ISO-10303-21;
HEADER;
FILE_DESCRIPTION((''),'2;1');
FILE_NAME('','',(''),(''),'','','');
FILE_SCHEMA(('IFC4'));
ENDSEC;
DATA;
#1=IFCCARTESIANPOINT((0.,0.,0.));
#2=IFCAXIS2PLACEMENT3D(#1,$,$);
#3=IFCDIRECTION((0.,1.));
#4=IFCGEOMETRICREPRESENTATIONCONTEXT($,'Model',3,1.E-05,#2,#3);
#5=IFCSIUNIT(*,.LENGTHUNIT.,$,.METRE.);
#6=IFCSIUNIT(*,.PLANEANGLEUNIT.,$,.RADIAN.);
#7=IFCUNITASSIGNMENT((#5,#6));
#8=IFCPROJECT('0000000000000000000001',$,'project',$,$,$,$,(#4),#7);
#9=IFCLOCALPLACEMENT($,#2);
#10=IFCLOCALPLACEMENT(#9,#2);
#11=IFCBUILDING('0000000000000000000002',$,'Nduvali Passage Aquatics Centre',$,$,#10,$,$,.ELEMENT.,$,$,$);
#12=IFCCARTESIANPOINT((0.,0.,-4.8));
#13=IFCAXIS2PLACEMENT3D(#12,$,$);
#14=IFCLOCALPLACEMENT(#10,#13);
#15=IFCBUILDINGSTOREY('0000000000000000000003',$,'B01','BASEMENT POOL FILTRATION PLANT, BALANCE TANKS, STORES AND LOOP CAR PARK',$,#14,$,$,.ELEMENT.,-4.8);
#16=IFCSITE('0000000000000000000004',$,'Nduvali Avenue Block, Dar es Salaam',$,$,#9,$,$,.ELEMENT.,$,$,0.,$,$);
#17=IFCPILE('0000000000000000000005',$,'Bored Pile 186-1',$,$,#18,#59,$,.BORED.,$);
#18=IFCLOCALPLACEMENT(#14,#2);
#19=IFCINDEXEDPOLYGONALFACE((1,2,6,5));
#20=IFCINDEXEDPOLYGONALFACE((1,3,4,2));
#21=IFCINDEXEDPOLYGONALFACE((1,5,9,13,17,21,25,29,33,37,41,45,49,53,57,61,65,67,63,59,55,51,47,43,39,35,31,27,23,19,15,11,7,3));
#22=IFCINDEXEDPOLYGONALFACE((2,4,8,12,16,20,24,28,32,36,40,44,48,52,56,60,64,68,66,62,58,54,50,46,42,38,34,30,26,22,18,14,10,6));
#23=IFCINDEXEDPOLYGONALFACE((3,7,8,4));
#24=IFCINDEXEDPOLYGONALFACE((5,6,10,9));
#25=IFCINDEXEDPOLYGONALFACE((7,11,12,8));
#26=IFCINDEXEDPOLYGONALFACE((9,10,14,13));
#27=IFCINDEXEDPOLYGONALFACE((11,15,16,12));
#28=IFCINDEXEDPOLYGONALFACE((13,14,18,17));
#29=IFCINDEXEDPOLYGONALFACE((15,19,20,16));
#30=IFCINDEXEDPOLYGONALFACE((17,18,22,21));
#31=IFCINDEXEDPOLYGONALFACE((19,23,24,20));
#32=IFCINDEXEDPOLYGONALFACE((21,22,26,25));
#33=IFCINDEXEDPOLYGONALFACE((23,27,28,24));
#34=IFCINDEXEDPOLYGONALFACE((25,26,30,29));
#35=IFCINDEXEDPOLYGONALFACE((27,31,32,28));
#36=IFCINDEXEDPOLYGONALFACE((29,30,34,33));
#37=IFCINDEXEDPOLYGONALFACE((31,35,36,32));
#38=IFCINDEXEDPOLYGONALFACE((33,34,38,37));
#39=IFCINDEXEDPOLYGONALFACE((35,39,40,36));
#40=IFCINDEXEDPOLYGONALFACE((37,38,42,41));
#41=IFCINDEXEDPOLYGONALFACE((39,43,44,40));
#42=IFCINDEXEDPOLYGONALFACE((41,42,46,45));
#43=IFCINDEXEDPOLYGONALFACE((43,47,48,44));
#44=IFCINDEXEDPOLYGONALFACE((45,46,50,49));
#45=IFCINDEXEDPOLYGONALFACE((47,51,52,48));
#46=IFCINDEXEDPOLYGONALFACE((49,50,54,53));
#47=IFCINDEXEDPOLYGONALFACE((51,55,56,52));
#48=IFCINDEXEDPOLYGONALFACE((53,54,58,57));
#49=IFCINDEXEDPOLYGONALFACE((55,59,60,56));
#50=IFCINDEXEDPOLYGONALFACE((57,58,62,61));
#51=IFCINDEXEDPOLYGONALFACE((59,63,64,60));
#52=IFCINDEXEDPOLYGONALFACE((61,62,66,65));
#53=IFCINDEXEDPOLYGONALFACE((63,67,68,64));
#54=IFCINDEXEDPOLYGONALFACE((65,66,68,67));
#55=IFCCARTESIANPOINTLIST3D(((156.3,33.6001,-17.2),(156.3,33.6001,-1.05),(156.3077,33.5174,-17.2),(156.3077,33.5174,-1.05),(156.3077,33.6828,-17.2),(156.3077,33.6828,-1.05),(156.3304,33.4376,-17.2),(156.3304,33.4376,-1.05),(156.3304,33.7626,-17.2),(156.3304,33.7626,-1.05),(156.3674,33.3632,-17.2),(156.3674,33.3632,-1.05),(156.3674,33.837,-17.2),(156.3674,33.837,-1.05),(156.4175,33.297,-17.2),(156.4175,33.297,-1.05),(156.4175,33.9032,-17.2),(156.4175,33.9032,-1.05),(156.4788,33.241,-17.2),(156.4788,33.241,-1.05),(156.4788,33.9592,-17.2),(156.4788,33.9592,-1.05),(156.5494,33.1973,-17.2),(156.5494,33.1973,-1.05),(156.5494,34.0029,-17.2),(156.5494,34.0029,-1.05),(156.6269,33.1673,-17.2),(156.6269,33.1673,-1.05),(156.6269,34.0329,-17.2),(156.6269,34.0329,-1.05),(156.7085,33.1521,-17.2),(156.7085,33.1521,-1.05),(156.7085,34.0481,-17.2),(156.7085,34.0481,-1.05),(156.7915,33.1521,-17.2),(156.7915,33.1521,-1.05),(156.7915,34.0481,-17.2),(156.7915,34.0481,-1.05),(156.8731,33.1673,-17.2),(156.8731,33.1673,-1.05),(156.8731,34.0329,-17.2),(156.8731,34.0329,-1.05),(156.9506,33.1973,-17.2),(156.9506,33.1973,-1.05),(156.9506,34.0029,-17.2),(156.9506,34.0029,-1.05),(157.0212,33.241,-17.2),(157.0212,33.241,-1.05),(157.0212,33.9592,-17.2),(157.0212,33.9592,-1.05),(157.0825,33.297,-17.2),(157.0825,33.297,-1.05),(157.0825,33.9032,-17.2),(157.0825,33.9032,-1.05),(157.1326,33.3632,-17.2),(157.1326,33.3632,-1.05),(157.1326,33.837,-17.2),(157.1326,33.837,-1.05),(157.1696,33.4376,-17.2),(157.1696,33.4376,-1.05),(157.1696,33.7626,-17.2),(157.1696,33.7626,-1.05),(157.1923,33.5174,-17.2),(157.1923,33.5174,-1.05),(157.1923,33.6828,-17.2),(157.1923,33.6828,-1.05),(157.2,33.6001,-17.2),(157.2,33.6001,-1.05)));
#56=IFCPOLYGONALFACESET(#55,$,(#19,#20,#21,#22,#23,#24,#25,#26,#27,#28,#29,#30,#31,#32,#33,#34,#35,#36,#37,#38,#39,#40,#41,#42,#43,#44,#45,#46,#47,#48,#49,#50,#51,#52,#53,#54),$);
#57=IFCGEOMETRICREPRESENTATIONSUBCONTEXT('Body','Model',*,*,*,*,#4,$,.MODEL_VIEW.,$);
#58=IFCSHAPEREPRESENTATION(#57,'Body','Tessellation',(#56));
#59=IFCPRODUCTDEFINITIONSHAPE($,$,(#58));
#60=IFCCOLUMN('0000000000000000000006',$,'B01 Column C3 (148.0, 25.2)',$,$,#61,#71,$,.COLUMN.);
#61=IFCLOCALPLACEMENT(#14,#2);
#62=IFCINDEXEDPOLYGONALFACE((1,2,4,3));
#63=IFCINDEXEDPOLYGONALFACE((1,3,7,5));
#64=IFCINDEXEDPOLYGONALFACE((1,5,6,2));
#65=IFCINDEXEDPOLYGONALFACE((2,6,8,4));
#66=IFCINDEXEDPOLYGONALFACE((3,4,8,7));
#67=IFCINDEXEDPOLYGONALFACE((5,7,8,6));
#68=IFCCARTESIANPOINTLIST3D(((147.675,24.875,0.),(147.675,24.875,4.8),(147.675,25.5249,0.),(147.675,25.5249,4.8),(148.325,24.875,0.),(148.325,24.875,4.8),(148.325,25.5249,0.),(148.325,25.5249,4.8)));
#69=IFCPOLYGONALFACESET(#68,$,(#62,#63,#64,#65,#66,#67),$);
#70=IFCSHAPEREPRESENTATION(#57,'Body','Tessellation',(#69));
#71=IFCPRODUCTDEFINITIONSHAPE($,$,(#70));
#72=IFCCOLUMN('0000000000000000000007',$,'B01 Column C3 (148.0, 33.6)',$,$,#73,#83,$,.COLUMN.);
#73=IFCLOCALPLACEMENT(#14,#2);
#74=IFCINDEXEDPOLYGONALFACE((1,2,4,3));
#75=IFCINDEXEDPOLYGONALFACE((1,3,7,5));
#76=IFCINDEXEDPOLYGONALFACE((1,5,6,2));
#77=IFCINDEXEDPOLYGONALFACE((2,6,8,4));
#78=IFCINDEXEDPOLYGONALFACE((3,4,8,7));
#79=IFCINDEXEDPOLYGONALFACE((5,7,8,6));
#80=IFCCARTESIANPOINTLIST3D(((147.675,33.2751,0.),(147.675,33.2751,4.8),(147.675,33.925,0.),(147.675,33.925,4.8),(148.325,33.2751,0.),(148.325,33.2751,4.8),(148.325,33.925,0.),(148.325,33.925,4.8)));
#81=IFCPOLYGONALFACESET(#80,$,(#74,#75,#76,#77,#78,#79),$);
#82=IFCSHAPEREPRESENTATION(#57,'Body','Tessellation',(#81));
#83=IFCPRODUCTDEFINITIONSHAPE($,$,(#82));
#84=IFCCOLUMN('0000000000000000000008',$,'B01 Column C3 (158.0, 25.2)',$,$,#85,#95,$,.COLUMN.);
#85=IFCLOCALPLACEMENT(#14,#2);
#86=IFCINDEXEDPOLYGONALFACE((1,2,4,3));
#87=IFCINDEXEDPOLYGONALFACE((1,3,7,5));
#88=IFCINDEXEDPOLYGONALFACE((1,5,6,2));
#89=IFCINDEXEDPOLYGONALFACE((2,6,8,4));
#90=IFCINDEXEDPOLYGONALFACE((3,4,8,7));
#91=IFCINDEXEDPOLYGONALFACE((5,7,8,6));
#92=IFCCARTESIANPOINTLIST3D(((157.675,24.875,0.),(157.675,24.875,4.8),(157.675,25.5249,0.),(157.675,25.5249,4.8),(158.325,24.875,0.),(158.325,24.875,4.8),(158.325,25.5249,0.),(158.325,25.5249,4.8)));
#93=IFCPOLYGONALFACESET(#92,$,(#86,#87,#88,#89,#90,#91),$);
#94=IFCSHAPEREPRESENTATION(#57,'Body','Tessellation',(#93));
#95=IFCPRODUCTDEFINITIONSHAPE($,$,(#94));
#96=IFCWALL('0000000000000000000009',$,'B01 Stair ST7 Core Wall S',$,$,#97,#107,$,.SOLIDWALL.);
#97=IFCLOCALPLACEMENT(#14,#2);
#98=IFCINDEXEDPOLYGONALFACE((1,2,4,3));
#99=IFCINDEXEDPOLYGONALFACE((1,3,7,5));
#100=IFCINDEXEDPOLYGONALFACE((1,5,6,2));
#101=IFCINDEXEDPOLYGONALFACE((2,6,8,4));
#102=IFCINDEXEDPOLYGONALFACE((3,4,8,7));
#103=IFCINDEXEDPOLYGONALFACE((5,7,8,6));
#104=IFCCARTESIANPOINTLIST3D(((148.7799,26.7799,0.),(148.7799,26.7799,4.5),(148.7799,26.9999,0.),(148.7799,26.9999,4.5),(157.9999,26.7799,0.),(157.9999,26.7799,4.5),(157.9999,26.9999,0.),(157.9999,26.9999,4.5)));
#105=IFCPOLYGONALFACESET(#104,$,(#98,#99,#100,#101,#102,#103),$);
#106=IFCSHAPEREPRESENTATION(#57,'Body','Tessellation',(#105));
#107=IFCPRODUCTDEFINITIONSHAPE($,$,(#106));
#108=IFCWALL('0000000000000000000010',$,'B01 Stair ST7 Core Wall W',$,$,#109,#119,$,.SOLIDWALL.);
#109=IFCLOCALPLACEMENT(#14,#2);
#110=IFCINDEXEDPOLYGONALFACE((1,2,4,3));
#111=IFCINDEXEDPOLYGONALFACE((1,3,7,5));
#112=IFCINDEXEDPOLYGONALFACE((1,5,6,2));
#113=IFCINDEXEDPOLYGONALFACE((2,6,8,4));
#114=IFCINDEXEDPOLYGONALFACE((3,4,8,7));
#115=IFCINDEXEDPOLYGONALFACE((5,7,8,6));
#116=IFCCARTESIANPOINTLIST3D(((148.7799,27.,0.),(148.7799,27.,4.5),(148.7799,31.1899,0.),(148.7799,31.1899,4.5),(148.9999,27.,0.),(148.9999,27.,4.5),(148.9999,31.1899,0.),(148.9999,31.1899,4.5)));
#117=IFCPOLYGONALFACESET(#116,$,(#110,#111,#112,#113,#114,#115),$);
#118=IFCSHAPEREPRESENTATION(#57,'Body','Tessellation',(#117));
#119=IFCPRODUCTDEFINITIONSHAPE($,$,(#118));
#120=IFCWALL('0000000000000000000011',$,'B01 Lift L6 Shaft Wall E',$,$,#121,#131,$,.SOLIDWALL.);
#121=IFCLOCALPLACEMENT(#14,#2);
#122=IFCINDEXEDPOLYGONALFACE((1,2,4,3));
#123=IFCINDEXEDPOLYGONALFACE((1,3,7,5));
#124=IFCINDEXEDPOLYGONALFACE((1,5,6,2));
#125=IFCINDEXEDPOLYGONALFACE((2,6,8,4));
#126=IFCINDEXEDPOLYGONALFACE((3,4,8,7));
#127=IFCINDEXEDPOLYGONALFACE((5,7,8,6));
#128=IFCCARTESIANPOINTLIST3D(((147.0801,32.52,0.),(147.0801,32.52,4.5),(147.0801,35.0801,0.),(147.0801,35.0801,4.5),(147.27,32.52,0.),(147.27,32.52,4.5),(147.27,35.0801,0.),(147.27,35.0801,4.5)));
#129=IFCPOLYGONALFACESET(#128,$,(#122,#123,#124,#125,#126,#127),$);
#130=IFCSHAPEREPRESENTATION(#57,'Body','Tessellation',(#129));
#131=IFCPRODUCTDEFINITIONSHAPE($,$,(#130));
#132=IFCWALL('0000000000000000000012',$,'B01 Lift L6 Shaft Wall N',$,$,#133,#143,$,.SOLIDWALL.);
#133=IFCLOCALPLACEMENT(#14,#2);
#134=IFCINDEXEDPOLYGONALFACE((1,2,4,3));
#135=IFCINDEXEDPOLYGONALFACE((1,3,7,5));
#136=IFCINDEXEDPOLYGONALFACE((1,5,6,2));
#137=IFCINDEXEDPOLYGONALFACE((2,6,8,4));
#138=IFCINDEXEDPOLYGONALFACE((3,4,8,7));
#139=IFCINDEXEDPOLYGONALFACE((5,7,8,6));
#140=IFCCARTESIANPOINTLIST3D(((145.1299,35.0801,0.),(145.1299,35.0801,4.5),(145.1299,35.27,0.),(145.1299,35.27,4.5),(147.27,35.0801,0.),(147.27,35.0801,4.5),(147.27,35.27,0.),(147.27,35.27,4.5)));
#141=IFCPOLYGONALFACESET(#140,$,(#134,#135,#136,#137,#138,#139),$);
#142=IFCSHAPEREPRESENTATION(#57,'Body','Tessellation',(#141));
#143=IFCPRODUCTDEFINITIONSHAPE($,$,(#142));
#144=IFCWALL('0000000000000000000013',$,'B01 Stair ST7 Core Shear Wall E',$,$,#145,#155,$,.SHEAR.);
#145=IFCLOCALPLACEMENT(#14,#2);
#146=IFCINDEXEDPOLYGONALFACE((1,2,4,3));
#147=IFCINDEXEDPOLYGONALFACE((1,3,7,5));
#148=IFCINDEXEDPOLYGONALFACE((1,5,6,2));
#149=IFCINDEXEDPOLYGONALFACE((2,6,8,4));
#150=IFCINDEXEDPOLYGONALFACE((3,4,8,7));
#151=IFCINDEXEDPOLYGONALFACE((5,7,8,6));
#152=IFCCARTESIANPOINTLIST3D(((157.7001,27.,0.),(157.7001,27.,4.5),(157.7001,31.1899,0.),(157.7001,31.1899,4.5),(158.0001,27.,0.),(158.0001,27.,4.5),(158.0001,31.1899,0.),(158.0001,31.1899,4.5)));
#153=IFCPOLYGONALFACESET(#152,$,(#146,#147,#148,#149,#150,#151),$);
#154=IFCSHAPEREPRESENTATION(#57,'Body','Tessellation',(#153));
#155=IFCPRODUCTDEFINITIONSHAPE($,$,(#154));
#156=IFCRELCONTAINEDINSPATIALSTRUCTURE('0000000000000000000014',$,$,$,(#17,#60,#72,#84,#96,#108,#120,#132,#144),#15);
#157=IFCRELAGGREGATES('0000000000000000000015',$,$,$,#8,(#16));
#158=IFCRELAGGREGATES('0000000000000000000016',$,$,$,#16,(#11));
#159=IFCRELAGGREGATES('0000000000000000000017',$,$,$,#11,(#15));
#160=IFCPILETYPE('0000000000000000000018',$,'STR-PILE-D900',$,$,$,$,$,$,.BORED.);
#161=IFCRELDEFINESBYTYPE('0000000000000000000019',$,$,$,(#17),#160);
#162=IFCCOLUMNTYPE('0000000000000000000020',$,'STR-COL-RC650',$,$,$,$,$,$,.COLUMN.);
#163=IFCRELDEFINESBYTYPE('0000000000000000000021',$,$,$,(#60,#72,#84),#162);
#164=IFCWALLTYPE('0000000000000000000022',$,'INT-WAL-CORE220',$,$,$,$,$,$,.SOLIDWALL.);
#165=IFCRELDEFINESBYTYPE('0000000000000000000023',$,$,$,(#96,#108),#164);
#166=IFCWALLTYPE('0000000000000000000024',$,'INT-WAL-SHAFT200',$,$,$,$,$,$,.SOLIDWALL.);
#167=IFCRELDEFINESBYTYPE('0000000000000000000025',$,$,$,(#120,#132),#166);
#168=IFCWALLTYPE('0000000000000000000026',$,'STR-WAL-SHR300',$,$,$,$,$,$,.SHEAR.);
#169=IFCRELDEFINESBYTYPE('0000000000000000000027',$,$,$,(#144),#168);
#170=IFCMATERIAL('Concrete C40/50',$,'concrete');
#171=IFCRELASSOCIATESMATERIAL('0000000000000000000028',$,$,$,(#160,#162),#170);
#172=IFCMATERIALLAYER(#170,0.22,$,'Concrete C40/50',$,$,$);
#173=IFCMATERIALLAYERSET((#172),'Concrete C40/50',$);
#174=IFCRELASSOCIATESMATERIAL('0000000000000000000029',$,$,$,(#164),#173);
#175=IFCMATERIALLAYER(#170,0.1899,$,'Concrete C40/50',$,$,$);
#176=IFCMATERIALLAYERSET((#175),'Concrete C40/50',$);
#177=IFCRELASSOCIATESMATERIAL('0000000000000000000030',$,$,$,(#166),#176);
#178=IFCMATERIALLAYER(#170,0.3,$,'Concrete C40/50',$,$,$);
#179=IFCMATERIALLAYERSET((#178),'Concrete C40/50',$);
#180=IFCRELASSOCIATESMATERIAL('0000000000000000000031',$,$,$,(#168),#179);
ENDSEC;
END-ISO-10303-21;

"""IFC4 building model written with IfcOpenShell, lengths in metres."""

from ifc_helpers import new_model, si_unit, direction, frame, frame_2d, origin, origin_2d, place, context, subcontext, project, spatial, rectangle, circle, extrude, material, layer, layer_set, material_profile, profile_set, type_object, element, save


model = new_model("IFC4")

# Units and contexts
model_context = context("Model", 3, precision=1e-05, world=origin(), true_north=direction((0.0, 1.0)))
body_context = subcontext(model_context, "Body", "Model", "MODEL_VIEW")
ifc_project = project(units=[si_unit("LENGTHUNIT", "METRE"), si_unit("PLANEANGLEUNIT", "RADIAN")], contexts=[model_context])

# Site, building, storey
site_placement = place(None, origin())
site = spatial("IfcSite", under=ifc_project, at=site_placement, Name="Nduvali Avenue Block, Dar es Salaam", CompositionType="ELEMENT", RefElevation=0.0)
building_placement = place(site_placement, origin())
building = spatial("IfcBuilding", under=site, at=building_placement, Name="Nduvali Passage Aquatics Centre", CompositionType="ELEMENT")
storey_placement = place(building_placement, frame((0.0, 0.0, -4.8)))
storey = spatial("IfcBuildingStorey", under=building, at=storey_placement, Name="B01", Description="BASEMENT POOL FILTRATION PLANT, BALANCE TANKS, STORES AND LOOP CAR PARK", CompositionType="ELEMENT", Elevation=-4.8)

# Shared definitions
ifc_material = material(Name="Concrete C40/50", Category="concrete")

# Pile
ifc_material_profile_1 = material_profile(ifc_material, circle(Radius=0.45, at=origin_2d()), Name="PILE D900")
ifc_profile_set_1 = profile_set([ifc_material_profile_1], Name="Concrete C40/50")
pile_type = type_object("IfcPileType", Name="STR-PILE-D900", PredefinedType="BORED", material=ifc_profile_set_1)
pile_placement = place(storey_placement, frame((156.75, 33.6001, -1.05), z_axis=(0.0, 0.0, -1.0), x_axis=(1.0, 0.0, 0.0)))
element("IfcPile", 1, at=pile_placement, inside=storey, type_object=pile_type, Name="Bored Pile 186-1", PredefinedType="BORED", context=body_context, shape_type="SweptSolid", body=[
    extrude(circle(Radius=0.45, at=origin_2d()), origin(), (0.0, 0.0, 1.0), 16.1499),
])

# Columns
ifc_material_profile_2 = material_profile(ifc_material, rectangle(XDim=0.6499, YDim=0.6499, at=origin_2d()), Name="RC 650x650")
ifc_profile_set_2 = profile_set([ifc_material_profile_2], Name="Concrete C40/50")
column_type = type_object("IfcColumnType", Name="STR-COL-RC650", PredefinedType="COLUMN", material=ifc_profile_set_2)
for number, where, z_axis, x_axis, name in (
    (2, (148.0, 25.2, 0.0), (0.0, 0.0, 1.0), (1.0, 0.0, 0.0), "B01 Column C3 (148.0, 25.2)"),
    (3, (148.0, 33.6001, 0.0), (0.0, 0.0, 1.0), (1.0, 0.0, 0.0), "B01 Column C3 (148.0, 33.6)"),
    (4, (158.0, 25.2, 0.0), (0.0, 0.0, 1.0), (1.0, 0.0, 0.0), "B01 Column C3 (158.0, 25.2)"),
):
    element("IfcColumn", number, at=place(storey_placement, frame(where, z_axis=z_axis, x_axis=x_axis)), inside=storey, type_object=column_type, Name=name, PredefinedType="COLUMN", context=body_context, shape_type="SweptSolid", body=[
        extrude(rectangle(XDim=0.6499, YDim=0.6499, at=origin_2d()), origin(), (0.0, 0.0, 1.0), 4.8),
    ])

# Walls
ifc_layer_1 = layer(ifc_material, 0.22, Name="Concrete C40/50")
ifc_layer_set_1 = layer_set([ifc_layer_1], Name="Concrete C40/50")
wall_type_1 = type_object("IfcWallType", Name="INT-WAL-CORE220", PredefinedType="SOLIDWALL", material=ifc_layer_set_1)
wall_1_placement = place(storey_placement, frame((148.78, 26.8899, 0.0), z_axis=(0.0, 0.0, 1.0), x_axis=(1.0, 0.0, 0.0)))
element("IfcWall", 5, at=wall_1_placement, inside=storey, type_object=wall_type_1, Name="B01 Stair ST7 Core Wall S", PredefinedType="SOLIDWALL", context=body_context, shape_type="SweptSolid", body=[
    extrude(rectangle(XDim=9.22, YDim=0.22, at=frame_2d((4.6099, 0.0))), origin(), (0.0, 0.0, 1.0), 4.5),
])
wall_2_placement = place(storey_placement, frame((148.8899, 31.1899, 0.0), z_axis=(0.0, 0.0, 1.0), x_axis=(0.0, -1.0, 0.0)))
element("IfcWall", 6, at=wall_2_placement, inside=storey, type_object=wall_type_1, Name="B01 Stair ST7 Core Wall W", PredefinedType="SOLIDWALL", context=body_context, shape_type="SweptSolid", body=[
    extrude(rectangle(XDim=4.1899, YDim=0.22, at=frame_2d((2.095, 0.0))), origin(), (0.0, 0.0, 1.0), 4.5),
])
ifc_layer_2 = layer(ifc_material, 0.1899, Name="Concrete C40/50")
ifc_layer_set_2 = layer_set([ifc_layer_2], Name="Concrete C40/50")
wall_type_2 = type_object("IfcWallType", Name="INT-WAL-SHAFT200", PredefinedType="SOLIDWALL", material=ifc_layer_set_2)
wall_3_placement = place(storey_placement, frame((147.175, 32.52, 0.0), z_axis=(0.0, 0.0, 1.0), x_axis=(0.0, 1.0, 0.0)))
element("IfcWall", 7, at=wall_3_placement, inside=storey, type_object=wall_type_2, Name="B01 Lift L6 Shaft Wall E", PredefinedType="SOLIDWALL", context=body_context, shape_type="SweptSolid", body=[
    extrude(rectangle(XDim=2.5601, YDim=0.1899, at=frame_2d((1.28, 0.0))), origin(), (0.0, 0.0, 1.0), 4.5),
])
wall_4_placement = place(storey_placement, frame((147.27, 35.175, 0.0), z_axis=(0.0, 0.0, 1.0), x_axis=(-1.0, 0.0, 0.0)))
element("IfcWall", 8, at=wall_4_placement, inside=storey, type_object=wall_type_2, Name="B01 Lift L6 Shaft Wall N", PredefinedType="SOLIDWALL", context=body_context, shape_type="SweptSolid", body=[
    extrude(rectangle(XDim=2.1401, YDim=0.1899, at=frame_2d((1.0701, 0.0))), origin(), (0.0, 0.0, 1.0), 4.5),
])
ifc_layer_3 = layer(ifc_material, 0.3, Name="Concrete C40/50")
ifc_layer_set_3 = layer_set([ifc_layer_3], Name="Concrete C40/50")
wall_type_3 = type_object("IfcWallType", Name="STR-WAL-SHR300", PredefinedType="SHEAR", material=ifc_layer_set_3)
wall_5_placement = place(storey_placement, frame((157.8501, 27.0, 0.0), z_axis=(0.0, 0.0, 1.0), x_axis=(0.0, 1.0, 0.0)))
element("IfcWall", 9, at=wall_5_placement, inside=storey, type_object=wall_type_3, Name="B01 Stair ST7 Core Shear Wall E", PredefinedType="SHEAR", context=body_context, shape_type="SweptSolid", body=[
    extrude(rectangle(XDim=4.1899, YDim=0.3, at=frame_2d((2.095, 0.0))), origin(), (0.0, 0.0, 1.0), 4.5),
])

save(model, "model.ifc")
